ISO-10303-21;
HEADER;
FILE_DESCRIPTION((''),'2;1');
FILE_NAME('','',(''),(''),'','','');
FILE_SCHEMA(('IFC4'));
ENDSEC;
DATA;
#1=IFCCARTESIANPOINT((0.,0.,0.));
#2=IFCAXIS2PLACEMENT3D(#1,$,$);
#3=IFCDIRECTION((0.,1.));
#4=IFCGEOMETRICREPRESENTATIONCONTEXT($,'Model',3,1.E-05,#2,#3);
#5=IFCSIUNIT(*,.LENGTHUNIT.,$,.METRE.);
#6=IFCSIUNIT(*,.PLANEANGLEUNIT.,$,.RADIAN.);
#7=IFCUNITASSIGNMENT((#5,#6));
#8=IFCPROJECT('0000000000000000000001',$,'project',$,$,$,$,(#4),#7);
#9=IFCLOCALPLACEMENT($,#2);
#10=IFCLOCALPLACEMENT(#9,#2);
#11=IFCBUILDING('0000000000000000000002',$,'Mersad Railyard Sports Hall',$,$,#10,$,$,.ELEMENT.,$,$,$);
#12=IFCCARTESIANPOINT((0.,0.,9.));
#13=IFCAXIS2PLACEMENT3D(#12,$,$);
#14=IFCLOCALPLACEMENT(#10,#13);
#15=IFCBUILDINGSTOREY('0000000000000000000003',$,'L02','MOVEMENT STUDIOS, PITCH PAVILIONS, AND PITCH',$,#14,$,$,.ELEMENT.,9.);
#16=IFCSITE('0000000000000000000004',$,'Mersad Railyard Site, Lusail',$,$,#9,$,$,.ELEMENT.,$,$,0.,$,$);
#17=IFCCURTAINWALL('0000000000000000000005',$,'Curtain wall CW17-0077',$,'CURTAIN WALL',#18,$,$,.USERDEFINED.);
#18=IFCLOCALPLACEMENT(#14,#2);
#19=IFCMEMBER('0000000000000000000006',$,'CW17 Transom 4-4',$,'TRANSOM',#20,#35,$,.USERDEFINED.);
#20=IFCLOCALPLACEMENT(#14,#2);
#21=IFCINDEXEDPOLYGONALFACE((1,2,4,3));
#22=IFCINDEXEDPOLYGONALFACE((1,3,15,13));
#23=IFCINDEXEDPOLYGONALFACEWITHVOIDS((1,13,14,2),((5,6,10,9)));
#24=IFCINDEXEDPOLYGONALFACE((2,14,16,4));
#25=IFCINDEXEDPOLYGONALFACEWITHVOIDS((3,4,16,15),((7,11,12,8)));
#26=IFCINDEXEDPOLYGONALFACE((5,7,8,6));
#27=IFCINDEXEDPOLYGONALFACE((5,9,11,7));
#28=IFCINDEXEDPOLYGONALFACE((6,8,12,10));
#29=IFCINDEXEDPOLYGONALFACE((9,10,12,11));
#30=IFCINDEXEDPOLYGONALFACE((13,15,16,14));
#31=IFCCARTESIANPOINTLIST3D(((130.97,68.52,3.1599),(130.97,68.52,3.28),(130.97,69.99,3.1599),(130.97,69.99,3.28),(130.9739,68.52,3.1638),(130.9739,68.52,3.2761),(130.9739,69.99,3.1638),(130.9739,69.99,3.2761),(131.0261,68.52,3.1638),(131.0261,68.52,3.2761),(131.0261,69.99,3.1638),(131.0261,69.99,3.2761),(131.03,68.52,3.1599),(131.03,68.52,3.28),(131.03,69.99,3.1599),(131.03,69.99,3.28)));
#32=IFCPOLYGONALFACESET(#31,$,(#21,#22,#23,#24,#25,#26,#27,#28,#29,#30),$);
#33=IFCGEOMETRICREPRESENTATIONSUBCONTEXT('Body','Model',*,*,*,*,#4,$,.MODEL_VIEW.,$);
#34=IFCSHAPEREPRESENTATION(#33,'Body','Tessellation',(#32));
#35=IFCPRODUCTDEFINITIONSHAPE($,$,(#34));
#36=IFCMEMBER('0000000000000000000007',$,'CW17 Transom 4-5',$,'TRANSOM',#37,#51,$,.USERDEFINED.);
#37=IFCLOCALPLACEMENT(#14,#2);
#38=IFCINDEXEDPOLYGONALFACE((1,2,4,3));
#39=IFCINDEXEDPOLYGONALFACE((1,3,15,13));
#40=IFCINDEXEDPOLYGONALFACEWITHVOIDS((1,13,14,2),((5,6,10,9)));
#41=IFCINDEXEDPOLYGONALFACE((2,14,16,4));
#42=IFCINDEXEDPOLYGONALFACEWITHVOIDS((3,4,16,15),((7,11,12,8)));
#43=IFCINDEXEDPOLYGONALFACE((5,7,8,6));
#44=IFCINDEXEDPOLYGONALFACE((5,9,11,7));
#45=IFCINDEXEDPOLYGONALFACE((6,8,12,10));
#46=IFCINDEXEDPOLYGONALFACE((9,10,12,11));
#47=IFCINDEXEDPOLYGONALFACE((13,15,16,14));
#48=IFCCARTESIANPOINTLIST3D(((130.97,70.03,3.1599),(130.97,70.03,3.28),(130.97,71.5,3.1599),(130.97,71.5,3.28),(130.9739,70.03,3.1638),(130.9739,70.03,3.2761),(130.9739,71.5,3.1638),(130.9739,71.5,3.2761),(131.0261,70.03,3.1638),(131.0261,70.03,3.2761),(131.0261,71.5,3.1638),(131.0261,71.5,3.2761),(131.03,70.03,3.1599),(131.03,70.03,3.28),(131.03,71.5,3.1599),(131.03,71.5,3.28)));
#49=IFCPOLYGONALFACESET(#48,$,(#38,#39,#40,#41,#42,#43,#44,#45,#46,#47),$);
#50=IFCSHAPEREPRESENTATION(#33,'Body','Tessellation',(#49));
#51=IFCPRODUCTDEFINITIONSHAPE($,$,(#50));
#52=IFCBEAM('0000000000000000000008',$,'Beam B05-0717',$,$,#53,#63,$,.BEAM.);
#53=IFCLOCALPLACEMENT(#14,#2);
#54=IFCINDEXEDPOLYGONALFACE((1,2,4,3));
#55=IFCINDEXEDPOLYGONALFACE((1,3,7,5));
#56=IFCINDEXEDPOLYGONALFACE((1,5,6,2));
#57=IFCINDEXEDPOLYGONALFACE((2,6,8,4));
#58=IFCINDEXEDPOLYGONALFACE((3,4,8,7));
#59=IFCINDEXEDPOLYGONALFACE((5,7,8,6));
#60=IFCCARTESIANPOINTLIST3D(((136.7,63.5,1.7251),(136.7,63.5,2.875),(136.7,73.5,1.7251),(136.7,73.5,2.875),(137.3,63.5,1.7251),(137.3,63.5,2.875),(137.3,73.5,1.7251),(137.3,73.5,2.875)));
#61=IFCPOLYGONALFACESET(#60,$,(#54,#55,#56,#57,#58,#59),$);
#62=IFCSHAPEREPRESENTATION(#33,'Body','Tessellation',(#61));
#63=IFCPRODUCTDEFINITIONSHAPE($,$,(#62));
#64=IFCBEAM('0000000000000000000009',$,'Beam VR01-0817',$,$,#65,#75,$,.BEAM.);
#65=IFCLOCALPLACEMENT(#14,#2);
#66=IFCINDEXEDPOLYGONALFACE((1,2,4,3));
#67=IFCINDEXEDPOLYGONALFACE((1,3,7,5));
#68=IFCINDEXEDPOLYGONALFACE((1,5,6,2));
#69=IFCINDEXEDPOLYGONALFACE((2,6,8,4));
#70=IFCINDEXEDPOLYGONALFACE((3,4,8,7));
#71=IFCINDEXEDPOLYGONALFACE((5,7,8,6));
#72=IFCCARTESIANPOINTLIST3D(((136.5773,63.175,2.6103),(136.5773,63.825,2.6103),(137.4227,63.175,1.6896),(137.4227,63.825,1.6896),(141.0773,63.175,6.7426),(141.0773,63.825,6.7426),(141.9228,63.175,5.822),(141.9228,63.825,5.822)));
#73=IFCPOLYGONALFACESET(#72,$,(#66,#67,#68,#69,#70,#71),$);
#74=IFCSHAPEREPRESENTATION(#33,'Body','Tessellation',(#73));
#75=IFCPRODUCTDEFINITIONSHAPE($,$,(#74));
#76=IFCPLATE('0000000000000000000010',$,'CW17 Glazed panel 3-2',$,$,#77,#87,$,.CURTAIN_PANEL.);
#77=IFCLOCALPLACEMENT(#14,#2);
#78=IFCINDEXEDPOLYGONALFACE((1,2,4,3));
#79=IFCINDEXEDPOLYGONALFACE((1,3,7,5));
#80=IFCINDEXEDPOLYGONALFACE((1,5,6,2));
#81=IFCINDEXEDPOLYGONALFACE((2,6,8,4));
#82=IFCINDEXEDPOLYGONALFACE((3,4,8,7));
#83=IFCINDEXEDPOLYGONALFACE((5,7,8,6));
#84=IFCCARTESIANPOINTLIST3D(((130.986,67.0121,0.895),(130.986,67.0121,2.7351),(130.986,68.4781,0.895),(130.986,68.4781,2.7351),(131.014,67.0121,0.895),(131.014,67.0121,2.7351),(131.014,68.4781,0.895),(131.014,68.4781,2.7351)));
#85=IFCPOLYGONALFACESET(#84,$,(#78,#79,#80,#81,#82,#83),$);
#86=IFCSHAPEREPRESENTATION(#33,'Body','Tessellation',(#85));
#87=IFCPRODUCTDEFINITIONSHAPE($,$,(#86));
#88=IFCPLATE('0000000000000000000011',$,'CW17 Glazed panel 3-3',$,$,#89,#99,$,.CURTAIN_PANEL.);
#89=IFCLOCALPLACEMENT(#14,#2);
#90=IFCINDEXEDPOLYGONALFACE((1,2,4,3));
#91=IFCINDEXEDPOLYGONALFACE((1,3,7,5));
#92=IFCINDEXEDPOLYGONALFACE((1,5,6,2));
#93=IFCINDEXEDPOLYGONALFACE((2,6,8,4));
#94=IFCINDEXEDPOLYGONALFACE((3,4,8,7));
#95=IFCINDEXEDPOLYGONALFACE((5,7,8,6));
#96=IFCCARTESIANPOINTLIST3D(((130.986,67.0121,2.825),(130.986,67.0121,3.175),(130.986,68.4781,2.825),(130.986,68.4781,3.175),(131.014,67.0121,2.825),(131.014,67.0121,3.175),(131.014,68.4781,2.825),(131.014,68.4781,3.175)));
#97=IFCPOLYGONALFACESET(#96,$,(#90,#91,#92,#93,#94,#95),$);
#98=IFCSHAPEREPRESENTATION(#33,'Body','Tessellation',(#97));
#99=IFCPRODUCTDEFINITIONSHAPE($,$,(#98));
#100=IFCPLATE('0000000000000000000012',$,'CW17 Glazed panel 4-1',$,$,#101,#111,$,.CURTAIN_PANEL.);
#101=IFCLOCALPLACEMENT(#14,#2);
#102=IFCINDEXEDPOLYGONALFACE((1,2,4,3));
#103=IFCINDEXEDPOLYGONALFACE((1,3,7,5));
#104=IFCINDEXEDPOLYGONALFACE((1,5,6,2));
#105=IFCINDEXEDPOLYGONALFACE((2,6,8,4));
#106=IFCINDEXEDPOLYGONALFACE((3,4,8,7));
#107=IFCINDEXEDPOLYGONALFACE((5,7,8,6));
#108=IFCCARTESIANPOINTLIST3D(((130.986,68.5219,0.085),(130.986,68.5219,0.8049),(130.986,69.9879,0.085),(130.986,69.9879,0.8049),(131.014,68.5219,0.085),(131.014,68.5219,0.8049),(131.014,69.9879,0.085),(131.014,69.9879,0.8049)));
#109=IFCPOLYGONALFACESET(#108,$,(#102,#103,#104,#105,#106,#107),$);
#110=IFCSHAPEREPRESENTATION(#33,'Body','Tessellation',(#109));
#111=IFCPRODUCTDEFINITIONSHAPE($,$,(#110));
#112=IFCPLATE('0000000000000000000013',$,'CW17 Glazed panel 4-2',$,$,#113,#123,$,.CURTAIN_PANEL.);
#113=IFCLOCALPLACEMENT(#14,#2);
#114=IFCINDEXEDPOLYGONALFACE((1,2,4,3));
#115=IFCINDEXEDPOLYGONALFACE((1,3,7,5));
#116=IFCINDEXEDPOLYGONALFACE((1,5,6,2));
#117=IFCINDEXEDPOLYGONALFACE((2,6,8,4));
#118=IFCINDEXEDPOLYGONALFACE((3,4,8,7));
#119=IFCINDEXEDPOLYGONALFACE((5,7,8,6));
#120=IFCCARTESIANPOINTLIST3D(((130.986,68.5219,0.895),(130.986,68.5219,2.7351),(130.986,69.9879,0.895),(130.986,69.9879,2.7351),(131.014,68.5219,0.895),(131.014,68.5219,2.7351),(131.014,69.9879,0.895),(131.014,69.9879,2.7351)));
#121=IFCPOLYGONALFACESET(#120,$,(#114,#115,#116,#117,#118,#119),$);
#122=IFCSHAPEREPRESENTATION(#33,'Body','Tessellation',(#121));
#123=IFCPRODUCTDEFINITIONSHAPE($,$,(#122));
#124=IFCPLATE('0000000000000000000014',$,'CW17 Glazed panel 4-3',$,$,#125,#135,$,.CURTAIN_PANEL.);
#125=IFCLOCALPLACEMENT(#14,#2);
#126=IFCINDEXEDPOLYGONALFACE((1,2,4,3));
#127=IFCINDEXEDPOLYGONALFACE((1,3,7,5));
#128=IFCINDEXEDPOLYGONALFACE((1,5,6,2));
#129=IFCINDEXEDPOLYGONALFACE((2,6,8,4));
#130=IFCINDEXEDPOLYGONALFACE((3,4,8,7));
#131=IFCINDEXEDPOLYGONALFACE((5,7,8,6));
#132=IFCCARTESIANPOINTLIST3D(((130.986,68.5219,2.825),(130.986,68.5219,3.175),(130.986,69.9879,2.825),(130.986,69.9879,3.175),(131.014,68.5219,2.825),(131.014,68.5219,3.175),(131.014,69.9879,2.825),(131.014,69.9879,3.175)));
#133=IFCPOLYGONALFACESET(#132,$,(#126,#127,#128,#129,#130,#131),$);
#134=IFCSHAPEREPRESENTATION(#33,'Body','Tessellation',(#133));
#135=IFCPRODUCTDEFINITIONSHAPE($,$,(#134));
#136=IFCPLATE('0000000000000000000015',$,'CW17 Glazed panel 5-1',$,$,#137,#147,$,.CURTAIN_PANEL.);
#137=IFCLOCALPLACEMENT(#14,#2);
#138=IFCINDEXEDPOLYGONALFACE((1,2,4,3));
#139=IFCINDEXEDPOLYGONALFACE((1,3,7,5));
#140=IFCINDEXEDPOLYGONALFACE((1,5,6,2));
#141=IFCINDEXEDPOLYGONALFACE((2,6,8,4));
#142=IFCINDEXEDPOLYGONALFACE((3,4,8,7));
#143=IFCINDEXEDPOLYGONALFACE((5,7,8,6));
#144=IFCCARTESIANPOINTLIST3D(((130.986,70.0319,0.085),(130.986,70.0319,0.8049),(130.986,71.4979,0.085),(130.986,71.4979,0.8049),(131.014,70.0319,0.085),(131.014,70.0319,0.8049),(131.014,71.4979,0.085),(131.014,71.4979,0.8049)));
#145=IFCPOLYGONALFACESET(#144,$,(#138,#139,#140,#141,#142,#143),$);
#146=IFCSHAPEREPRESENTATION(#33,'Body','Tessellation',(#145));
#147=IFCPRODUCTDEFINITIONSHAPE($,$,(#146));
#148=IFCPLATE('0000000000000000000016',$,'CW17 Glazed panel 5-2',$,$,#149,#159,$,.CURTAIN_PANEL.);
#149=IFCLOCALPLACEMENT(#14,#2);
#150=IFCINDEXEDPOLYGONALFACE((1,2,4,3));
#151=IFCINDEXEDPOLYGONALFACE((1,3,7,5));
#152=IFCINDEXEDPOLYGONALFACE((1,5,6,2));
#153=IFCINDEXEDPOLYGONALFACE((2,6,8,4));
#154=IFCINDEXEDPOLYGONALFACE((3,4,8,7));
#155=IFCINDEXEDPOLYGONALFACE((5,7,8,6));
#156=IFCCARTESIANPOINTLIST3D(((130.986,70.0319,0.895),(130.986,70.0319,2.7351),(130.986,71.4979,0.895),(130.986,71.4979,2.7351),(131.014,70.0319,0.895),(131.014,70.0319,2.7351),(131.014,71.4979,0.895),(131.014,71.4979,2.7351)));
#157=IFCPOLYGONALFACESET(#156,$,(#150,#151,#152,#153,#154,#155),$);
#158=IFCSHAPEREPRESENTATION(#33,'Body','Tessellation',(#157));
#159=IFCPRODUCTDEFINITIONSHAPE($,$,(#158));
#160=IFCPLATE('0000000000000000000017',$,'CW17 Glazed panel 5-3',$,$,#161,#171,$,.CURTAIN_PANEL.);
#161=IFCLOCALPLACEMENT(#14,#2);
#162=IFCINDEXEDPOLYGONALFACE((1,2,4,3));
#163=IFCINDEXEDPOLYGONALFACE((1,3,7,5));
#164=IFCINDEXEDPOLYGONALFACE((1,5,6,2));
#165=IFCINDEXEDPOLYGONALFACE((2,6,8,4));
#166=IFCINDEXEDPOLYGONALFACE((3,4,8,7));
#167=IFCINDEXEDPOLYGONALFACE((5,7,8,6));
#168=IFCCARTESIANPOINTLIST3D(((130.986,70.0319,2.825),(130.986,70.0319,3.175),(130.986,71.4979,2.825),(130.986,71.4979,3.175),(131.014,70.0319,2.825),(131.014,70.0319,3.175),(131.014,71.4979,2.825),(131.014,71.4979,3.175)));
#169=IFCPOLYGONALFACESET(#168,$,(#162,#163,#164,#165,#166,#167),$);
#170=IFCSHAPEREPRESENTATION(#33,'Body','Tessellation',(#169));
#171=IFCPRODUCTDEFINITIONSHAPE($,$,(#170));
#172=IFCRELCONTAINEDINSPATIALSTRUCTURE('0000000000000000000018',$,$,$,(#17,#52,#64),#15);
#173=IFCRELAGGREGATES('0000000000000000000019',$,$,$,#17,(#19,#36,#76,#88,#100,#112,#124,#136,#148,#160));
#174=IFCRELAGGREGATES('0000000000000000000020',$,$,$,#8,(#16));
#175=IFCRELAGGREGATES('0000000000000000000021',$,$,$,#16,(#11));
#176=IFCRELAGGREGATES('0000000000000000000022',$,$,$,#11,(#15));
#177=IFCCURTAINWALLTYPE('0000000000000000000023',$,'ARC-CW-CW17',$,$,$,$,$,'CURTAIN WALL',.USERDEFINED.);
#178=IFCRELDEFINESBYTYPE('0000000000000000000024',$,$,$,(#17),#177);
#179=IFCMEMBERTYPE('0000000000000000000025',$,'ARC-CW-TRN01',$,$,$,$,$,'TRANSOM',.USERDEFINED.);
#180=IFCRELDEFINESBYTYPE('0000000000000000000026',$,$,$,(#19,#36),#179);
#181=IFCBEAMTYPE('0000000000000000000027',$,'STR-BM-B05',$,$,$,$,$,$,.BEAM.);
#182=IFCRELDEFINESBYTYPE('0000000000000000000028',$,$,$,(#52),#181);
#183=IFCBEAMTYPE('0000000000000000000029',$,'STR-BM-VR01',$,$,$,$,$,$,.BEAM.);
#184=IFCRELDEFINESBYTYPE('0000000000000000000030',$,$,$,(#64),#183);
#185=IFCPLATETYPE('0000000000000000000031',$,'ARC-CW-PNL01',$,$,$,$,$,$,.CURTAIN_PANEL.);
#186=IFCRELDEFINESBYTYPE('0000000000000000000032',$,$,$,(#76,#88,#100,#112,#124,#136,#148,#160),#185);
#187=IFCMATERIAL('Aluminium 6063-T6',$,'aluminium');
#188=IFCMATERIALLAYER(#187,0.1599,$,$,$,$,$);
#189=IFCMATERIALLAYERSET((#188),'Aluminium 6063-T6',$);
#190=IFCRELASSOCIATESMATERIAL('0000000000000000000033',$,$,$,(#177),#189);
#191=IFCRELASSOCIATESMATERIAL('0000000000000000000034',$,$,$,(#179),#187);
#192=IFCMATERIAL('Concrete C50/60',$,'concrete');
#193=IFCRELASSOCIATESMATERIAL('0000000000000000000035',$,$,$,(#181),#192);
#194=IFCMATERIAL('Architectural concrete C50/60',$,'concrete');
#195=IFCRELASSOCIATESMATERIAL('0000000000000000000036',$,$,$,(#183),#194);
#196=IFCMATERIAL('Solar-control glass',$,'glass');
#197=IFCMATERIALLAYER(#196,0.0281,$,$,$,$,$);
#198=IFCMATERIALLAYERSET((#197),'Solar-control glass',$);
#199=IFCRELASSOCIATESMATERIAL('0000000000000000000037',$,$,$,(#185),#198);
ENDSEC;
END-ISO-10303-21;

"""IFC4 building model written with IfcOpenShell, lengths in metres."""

from ifc_helpers import new_model, si_unit, direction, frame, origin, origin_2d, place, context, subcontext, project, spatial, rectangle, hollow_rectangle, extrude, material, layer, layer_set, material_profile, profile_set, type_object, element, aggregate, save


model = new_model("IFC4")

# Units and contexts
model_context = context("Model", 3, precision=1e-05, world=origin(), true_north=direction((0.0, 1.0)))
body_context = subcontext(model_context, "Body", "Model", "MODEL_VIEW")
ifc_project = project(units=[si_unit("LENGTHUNIT", "METRE"), si_unit("PLANEANGLEUNIT", "RADIAN")], contexts=[model_context])

# Site, building, storey
site_placement = place(None, origin())
site = spatial("IfcSite", under=ifc_project, at=site_placement, Name="Mersad Railyard Site, Lusail", CompositionType="ELEMENT", RefElevation=0.0)
building_placement = place(site_placement, origin())
building = spatial("IfcBuilding", under=site, at=building_placement, Name="Mersad Railyard Sports Hall", CompositionType="ELEMENT")
storey_placement = place(building_placement, frame((0.0, 0.0, 9.0)))
storey = spatial("IfcBuildingStorey", under=building, at=storey_placement, Name="L02", Description="MOVEMENT STUDIOS, PITCH PAVILIONS, AND PITCH", CompositionType="ELEMENT", Elevation=9.0)

# Shared definitions
ifc_material_1 = material(Name="Concrete C50/60", Category="concrete")

# Curtain wall, members
ifc_material_2 = material(Name="Aluminium 6063-T6", Category="aluminium")
ifc_layer_1 = layer(ifc_material_2, 0.1599)
ifc_layer_set_1 = layer_set([ifc_layer_1], Name="Aluminium 6063-T6")
curtain_wall_type = type_object("IfcCurtainWallType", Name="ARC-CW-CW17", ElementType="CURTAIN WALL", PredefinedType="USERDEFINED", material=ifc_layer_set_1)
curtain_wall_placement = place(storey_placement, origin())
curtain_wall = element("IfcCurtainWall", 1, at=curtain_wall_placement, inside=storey, type_object=curtain_wall_type, Name="Curtain wall CW17-0077", ObjectType="CURTAIN WALL", PredefinedType="USERDEFINED")
ifc_material_profile_1 = material_profile(ifc_material_2, hollow_rectangle(XDim=0.0601, YDim=0.1201, WallThickness=0.0039, at=origin_2d()), Name="AL TRANSOM 60x120x4")
ifc_profile_set_1 = profile_set([ifc_material_profile_1], Name="Aluminium 6063-T6")
member_type_1 = type_object("IfcMemberType", Name="ARC-CW-TRN01", ElementType="TRANSOM", PredefinedType="USERDEFINED", material=ifc_profile_set_1)
member_1_placement = place(storey_placement, frame((131.0, 68.52, 3.22), z_axis=(0.0, 1.0, 0.0), x_axis=(-1.0, 0.0, 0.0)))
member_1 = element("IfcMember", 2, at=member_1_placement, type_object=member_type_1, Name="CW17 Transom 4-4", ObjectType="TRANSOM", PredefinedType="USERDEFINED", context=body_context, shape_type="SweptSolid", body=[
    extrude(hollow_rectangle(XDim=0.0601, YDim=0.1201, WallThickness=0.0039, at=origin_2d()), origin(), (0.0, 0.0, 1.0), 1.47),
])
member_2_placement = place(storey_placement, frame((131.0, 70.03, 3.22), z_axis=(0.0, 1.0, 0.0), x_axis=(-1.0, 0.0, 0.0)))
member_2 = element("IfcMember", 3, at=member_2_placement, type_object=member_type_1, Name="CW17 Transom 4-5", ObjectType="TRANSOM", PredefinedType="USERDEFINED", context=body_context, shape_type="SweptSolid", body=[
    extrude(hollow_rectangle(XDim=0.0601, YDim=0.1201, WallThickness=0.0039, at=origin_2d()), origin(), (0.0, 0.0, 1.0), 1.47),
])

# Beams
ifc_material_profile_2 = material_profile(ifc_material_1, rectangle(XDim=0.6001, YDim=1.1499, at=origin_2d()), Name="RC 600x1150")
ifc_profile_set_2 = profile_set([ifc_material_profile_2], Name="Concrete C50/60")
beam_type_1 = type_object("IfcBeamType", Name="STR-BM-B05", PredefinedType="BEAM", material=ifc_profile_set_2)
beam_1_placement = place(storey_placement, frame((137.0, 63.5, 2.3), z_axis=(0.0, 1.0, 0.0), x_axis=(-1.0, 0.0, 0.0)))
element("IfcBeam", 4, at=beam_1_placement, inside=storey, type_object=beam_type_1, Name="Beam B05-0717", PredefinedType="BEAM", context=body_context, shape_type="SweptSolid", body=[
    extrude(rectangle(XDim=0.6001, YDim=1.1499, at=origin_2d()), origin(), (0.0, 0.0, 1.0), 10.0),
])
ifc_material_3 = material(Name="Architectural concrete C50/60", Category="concrete")
ifc_material_profile_3 = material_profile(ifc_material_3, rectangle(XDim=0.6499, YDim=1.25, at=origin_2d()), Name="VR 650x1250")
ifc_profile_set_3 = profile_set([ifc_material_profile_3], Name="Architectural concrete C50/60")
beam_type_2 = type_object("IfcBeamType", Name="STR-BM-VR01", PredefinedType="BEAM", material=ifc_profile_set_3)
beam_2_placement = place(storey_placement, frame((137.0, 63.5, 2.1499), z_axis=(0.736557, 0.0, 0.676376), x_axis=(0.0, 1.0, 0.0)))
element("IfcBeam", 5, at=beam_2_placement, inside=storey, type_object=beam_type_2, Name="Beam VR01-0817", PredefinedType="BEAM", context=body_context, shape_type="SweptSolid", body=[
    extrude(rectangle(XDim=0.6499, YDim=1.25, at=origin_2d()), origin(), (0.0, 0.0, 1.0), 6.1096),
])

# Plates
ifc_material_4 = material(Name="Solar-control glass", Category="glass")
ifc_layer_2 = layer(ifc_material_4, 0.0281)
ifc_layer_set_2 = layer_set([ifc_layer_2], Name="Solar-control glass")
plate_type = type_object("IfcPlateType", Name="ARC-CW-PNL01", PredefinedType="CURTAIN_PANEL", material=ifc_layer_set_2)
plate_1_placement = place(storey_placement, frame((131.0, 67.7451, 0.895), z_axis=(0.0, 0.0, 1.0), x_axis=(0.0, 1.0, 0.0)))
plate_1 = element("IfcPlate", 6, at=plate_1_placement, type_object=plate_type, Name="CW17 Glazed panel 3-2", PredefinedType="CURTAIN_PANEL", context=body_context, shape_type="SweptSolid", body=[
    extrude(rectangle(XDim=1.4661, YDim=0.0281, at=origin_2d()), origin(), (0.0, 0.0, 1.0), 1.8401),
])
plate_2_placement = place(storey_placement, frame((131.0, 67.7451, 2.825), z_axis=(0.0, 0.0, 1.0), x_axis=(0.0, 1.0, 0.0)))
plate_2 = element("IfcPlate", 7, at=plate_2_placement, type_object=plate_type, Name="CW17 Glazed panel 3-3", PredefinedType="CURTAIN_PANEL", context=body_context, shape_type="SweptSolid", body=[
    extrude(rectangle(XDim=1.4661, YDim=0.0281, at=origin_2d()), origin(), (0.0, 0.0, 1.0), 0.3501),
])
plate_3_placement = place(storey_placement, frame((131.0, 69.2549, 0.085), z_axis=(0.0, 0.0, 1.0), x_axis=(0.0, 1.0, 0.0)))
plate_3 = element("IfcPlate", 8, at=plate_3_placement, type_object=plate_type, Name="CW17 Glazed panel 4-1", PredefinedType="CURTAIN_PANEL", context=body_context, shape_type="SweptSolid", body=[
    extrude(rectangle(XDim=1.4661, YDim=0.0281, at=origin_2d()), origin(), (0.0, 0.0, 1.0), 0.72),
])
plate_4_placement = place(storey_placement, frame((131.0, 69.2549, 0.895), z_axis=(0.0, 0.0, 1.0), x_axis=(0.0, 1.0, 0.0)))
plate_4 = element("IfcPlate", 9, at=plate_4_placement, type_object=plate_type, Name="CW17 Glazed panel 4-2", PredefinedType="CURTAIN_PANEL", context=body_context, shape_type="SweptSolid", body=[
    extrude(rectangle(XDim=1.4661, YDim=0.0281, at=origin_2d()), origin(), (0.0, 0.0, 1.0), 1.8401),
])
plate_5_placement = place(storey_placement, frame((131.0, 69.2549, 2.825), z_axis=(0.0, 0.0, 1.0), x_axis=(0.0, 1.0, 0.0)))
plate_5 = element("IfcPlate", 10, at=plate_5_placement, type_object=plate_type, Name="CW17 Glazed panel 4-3", PredefinedType="CURTAIN_PANEL", context=body_context, shape_type="SweptSolid", body=[
    extrude(rectangle(XDim=1.4661, YDim=0.0281, at=origin_2d()), origin(), (0.0, 0.0, 1.0), 0.3501),
])
plate_6_placement = place(storey_placement, frame((131.0, 70.7649, 0.085), z_axis=(0.0, 0.0, 1.0), x_axis=(0.0, 1.0, 0.0)))
plate_6 = element("IfcPlate", 11, at=plate_6_placement, type_object=plate_type, Name="CW17 Glazed panel 5-1", PredefinedType="CURTAIN_PANEL", context=body_context, shape_type="SweptSolid", body=[
    extrude(rectangle(XDim=1.4661, YDim=0.0281, at=origin_2d()), origin(), (0.0, 0.0, 1.0), 0.72),
])
plate_7_placement = place(storey_placement, frame((131.0, 70.7649, 0.895), z_axis=(0.0, 0.0, 1.0), x_axis=(0.0, 1.0, 0.0)))
plate_7 = element("IfcPlate", 12, at=plate_7_placement, type_object=plate_type, Name="CW17 Glazed panel 5-2", PredefinedType="CURTAIN_PANEL", context=body_context, shape_type="SweptSolid", body=[
    extrude(rectangle(XDim=1.4661, YDim=0.0281, at=origin_2d()), origin(), (0.0, 0.0, 1.0), 1.8401),
])
plate_8_placement = place(storey_placement, frame((131.0, 70.7649, 2.825), z_axis=(0.0, 0.0, 1.0), x_axis=(0.0, 1.0, 0.0)))
plate_8 = element("IfcPlate", 13, at=plate_8_placement, type_object=plate_type, Name="CW17 Glazed panel 5-3", PredefinedType="CURTAIN_PANEL", context=body_context, shape_type="SweptSolid", body=[
    extrude(rectangle(XDim=1.4661, YDim=0.0281, at=origin_2d()), origin(), (0.0, 0.0, 1.0), 0.3501),
])
aggregate(curtain_wall, [member_1, member_2, plate_1, plate_2, plate_3, plate_4, plate_5, plate_6, plate_7, plate_8])

save(model, "model.ifc")
